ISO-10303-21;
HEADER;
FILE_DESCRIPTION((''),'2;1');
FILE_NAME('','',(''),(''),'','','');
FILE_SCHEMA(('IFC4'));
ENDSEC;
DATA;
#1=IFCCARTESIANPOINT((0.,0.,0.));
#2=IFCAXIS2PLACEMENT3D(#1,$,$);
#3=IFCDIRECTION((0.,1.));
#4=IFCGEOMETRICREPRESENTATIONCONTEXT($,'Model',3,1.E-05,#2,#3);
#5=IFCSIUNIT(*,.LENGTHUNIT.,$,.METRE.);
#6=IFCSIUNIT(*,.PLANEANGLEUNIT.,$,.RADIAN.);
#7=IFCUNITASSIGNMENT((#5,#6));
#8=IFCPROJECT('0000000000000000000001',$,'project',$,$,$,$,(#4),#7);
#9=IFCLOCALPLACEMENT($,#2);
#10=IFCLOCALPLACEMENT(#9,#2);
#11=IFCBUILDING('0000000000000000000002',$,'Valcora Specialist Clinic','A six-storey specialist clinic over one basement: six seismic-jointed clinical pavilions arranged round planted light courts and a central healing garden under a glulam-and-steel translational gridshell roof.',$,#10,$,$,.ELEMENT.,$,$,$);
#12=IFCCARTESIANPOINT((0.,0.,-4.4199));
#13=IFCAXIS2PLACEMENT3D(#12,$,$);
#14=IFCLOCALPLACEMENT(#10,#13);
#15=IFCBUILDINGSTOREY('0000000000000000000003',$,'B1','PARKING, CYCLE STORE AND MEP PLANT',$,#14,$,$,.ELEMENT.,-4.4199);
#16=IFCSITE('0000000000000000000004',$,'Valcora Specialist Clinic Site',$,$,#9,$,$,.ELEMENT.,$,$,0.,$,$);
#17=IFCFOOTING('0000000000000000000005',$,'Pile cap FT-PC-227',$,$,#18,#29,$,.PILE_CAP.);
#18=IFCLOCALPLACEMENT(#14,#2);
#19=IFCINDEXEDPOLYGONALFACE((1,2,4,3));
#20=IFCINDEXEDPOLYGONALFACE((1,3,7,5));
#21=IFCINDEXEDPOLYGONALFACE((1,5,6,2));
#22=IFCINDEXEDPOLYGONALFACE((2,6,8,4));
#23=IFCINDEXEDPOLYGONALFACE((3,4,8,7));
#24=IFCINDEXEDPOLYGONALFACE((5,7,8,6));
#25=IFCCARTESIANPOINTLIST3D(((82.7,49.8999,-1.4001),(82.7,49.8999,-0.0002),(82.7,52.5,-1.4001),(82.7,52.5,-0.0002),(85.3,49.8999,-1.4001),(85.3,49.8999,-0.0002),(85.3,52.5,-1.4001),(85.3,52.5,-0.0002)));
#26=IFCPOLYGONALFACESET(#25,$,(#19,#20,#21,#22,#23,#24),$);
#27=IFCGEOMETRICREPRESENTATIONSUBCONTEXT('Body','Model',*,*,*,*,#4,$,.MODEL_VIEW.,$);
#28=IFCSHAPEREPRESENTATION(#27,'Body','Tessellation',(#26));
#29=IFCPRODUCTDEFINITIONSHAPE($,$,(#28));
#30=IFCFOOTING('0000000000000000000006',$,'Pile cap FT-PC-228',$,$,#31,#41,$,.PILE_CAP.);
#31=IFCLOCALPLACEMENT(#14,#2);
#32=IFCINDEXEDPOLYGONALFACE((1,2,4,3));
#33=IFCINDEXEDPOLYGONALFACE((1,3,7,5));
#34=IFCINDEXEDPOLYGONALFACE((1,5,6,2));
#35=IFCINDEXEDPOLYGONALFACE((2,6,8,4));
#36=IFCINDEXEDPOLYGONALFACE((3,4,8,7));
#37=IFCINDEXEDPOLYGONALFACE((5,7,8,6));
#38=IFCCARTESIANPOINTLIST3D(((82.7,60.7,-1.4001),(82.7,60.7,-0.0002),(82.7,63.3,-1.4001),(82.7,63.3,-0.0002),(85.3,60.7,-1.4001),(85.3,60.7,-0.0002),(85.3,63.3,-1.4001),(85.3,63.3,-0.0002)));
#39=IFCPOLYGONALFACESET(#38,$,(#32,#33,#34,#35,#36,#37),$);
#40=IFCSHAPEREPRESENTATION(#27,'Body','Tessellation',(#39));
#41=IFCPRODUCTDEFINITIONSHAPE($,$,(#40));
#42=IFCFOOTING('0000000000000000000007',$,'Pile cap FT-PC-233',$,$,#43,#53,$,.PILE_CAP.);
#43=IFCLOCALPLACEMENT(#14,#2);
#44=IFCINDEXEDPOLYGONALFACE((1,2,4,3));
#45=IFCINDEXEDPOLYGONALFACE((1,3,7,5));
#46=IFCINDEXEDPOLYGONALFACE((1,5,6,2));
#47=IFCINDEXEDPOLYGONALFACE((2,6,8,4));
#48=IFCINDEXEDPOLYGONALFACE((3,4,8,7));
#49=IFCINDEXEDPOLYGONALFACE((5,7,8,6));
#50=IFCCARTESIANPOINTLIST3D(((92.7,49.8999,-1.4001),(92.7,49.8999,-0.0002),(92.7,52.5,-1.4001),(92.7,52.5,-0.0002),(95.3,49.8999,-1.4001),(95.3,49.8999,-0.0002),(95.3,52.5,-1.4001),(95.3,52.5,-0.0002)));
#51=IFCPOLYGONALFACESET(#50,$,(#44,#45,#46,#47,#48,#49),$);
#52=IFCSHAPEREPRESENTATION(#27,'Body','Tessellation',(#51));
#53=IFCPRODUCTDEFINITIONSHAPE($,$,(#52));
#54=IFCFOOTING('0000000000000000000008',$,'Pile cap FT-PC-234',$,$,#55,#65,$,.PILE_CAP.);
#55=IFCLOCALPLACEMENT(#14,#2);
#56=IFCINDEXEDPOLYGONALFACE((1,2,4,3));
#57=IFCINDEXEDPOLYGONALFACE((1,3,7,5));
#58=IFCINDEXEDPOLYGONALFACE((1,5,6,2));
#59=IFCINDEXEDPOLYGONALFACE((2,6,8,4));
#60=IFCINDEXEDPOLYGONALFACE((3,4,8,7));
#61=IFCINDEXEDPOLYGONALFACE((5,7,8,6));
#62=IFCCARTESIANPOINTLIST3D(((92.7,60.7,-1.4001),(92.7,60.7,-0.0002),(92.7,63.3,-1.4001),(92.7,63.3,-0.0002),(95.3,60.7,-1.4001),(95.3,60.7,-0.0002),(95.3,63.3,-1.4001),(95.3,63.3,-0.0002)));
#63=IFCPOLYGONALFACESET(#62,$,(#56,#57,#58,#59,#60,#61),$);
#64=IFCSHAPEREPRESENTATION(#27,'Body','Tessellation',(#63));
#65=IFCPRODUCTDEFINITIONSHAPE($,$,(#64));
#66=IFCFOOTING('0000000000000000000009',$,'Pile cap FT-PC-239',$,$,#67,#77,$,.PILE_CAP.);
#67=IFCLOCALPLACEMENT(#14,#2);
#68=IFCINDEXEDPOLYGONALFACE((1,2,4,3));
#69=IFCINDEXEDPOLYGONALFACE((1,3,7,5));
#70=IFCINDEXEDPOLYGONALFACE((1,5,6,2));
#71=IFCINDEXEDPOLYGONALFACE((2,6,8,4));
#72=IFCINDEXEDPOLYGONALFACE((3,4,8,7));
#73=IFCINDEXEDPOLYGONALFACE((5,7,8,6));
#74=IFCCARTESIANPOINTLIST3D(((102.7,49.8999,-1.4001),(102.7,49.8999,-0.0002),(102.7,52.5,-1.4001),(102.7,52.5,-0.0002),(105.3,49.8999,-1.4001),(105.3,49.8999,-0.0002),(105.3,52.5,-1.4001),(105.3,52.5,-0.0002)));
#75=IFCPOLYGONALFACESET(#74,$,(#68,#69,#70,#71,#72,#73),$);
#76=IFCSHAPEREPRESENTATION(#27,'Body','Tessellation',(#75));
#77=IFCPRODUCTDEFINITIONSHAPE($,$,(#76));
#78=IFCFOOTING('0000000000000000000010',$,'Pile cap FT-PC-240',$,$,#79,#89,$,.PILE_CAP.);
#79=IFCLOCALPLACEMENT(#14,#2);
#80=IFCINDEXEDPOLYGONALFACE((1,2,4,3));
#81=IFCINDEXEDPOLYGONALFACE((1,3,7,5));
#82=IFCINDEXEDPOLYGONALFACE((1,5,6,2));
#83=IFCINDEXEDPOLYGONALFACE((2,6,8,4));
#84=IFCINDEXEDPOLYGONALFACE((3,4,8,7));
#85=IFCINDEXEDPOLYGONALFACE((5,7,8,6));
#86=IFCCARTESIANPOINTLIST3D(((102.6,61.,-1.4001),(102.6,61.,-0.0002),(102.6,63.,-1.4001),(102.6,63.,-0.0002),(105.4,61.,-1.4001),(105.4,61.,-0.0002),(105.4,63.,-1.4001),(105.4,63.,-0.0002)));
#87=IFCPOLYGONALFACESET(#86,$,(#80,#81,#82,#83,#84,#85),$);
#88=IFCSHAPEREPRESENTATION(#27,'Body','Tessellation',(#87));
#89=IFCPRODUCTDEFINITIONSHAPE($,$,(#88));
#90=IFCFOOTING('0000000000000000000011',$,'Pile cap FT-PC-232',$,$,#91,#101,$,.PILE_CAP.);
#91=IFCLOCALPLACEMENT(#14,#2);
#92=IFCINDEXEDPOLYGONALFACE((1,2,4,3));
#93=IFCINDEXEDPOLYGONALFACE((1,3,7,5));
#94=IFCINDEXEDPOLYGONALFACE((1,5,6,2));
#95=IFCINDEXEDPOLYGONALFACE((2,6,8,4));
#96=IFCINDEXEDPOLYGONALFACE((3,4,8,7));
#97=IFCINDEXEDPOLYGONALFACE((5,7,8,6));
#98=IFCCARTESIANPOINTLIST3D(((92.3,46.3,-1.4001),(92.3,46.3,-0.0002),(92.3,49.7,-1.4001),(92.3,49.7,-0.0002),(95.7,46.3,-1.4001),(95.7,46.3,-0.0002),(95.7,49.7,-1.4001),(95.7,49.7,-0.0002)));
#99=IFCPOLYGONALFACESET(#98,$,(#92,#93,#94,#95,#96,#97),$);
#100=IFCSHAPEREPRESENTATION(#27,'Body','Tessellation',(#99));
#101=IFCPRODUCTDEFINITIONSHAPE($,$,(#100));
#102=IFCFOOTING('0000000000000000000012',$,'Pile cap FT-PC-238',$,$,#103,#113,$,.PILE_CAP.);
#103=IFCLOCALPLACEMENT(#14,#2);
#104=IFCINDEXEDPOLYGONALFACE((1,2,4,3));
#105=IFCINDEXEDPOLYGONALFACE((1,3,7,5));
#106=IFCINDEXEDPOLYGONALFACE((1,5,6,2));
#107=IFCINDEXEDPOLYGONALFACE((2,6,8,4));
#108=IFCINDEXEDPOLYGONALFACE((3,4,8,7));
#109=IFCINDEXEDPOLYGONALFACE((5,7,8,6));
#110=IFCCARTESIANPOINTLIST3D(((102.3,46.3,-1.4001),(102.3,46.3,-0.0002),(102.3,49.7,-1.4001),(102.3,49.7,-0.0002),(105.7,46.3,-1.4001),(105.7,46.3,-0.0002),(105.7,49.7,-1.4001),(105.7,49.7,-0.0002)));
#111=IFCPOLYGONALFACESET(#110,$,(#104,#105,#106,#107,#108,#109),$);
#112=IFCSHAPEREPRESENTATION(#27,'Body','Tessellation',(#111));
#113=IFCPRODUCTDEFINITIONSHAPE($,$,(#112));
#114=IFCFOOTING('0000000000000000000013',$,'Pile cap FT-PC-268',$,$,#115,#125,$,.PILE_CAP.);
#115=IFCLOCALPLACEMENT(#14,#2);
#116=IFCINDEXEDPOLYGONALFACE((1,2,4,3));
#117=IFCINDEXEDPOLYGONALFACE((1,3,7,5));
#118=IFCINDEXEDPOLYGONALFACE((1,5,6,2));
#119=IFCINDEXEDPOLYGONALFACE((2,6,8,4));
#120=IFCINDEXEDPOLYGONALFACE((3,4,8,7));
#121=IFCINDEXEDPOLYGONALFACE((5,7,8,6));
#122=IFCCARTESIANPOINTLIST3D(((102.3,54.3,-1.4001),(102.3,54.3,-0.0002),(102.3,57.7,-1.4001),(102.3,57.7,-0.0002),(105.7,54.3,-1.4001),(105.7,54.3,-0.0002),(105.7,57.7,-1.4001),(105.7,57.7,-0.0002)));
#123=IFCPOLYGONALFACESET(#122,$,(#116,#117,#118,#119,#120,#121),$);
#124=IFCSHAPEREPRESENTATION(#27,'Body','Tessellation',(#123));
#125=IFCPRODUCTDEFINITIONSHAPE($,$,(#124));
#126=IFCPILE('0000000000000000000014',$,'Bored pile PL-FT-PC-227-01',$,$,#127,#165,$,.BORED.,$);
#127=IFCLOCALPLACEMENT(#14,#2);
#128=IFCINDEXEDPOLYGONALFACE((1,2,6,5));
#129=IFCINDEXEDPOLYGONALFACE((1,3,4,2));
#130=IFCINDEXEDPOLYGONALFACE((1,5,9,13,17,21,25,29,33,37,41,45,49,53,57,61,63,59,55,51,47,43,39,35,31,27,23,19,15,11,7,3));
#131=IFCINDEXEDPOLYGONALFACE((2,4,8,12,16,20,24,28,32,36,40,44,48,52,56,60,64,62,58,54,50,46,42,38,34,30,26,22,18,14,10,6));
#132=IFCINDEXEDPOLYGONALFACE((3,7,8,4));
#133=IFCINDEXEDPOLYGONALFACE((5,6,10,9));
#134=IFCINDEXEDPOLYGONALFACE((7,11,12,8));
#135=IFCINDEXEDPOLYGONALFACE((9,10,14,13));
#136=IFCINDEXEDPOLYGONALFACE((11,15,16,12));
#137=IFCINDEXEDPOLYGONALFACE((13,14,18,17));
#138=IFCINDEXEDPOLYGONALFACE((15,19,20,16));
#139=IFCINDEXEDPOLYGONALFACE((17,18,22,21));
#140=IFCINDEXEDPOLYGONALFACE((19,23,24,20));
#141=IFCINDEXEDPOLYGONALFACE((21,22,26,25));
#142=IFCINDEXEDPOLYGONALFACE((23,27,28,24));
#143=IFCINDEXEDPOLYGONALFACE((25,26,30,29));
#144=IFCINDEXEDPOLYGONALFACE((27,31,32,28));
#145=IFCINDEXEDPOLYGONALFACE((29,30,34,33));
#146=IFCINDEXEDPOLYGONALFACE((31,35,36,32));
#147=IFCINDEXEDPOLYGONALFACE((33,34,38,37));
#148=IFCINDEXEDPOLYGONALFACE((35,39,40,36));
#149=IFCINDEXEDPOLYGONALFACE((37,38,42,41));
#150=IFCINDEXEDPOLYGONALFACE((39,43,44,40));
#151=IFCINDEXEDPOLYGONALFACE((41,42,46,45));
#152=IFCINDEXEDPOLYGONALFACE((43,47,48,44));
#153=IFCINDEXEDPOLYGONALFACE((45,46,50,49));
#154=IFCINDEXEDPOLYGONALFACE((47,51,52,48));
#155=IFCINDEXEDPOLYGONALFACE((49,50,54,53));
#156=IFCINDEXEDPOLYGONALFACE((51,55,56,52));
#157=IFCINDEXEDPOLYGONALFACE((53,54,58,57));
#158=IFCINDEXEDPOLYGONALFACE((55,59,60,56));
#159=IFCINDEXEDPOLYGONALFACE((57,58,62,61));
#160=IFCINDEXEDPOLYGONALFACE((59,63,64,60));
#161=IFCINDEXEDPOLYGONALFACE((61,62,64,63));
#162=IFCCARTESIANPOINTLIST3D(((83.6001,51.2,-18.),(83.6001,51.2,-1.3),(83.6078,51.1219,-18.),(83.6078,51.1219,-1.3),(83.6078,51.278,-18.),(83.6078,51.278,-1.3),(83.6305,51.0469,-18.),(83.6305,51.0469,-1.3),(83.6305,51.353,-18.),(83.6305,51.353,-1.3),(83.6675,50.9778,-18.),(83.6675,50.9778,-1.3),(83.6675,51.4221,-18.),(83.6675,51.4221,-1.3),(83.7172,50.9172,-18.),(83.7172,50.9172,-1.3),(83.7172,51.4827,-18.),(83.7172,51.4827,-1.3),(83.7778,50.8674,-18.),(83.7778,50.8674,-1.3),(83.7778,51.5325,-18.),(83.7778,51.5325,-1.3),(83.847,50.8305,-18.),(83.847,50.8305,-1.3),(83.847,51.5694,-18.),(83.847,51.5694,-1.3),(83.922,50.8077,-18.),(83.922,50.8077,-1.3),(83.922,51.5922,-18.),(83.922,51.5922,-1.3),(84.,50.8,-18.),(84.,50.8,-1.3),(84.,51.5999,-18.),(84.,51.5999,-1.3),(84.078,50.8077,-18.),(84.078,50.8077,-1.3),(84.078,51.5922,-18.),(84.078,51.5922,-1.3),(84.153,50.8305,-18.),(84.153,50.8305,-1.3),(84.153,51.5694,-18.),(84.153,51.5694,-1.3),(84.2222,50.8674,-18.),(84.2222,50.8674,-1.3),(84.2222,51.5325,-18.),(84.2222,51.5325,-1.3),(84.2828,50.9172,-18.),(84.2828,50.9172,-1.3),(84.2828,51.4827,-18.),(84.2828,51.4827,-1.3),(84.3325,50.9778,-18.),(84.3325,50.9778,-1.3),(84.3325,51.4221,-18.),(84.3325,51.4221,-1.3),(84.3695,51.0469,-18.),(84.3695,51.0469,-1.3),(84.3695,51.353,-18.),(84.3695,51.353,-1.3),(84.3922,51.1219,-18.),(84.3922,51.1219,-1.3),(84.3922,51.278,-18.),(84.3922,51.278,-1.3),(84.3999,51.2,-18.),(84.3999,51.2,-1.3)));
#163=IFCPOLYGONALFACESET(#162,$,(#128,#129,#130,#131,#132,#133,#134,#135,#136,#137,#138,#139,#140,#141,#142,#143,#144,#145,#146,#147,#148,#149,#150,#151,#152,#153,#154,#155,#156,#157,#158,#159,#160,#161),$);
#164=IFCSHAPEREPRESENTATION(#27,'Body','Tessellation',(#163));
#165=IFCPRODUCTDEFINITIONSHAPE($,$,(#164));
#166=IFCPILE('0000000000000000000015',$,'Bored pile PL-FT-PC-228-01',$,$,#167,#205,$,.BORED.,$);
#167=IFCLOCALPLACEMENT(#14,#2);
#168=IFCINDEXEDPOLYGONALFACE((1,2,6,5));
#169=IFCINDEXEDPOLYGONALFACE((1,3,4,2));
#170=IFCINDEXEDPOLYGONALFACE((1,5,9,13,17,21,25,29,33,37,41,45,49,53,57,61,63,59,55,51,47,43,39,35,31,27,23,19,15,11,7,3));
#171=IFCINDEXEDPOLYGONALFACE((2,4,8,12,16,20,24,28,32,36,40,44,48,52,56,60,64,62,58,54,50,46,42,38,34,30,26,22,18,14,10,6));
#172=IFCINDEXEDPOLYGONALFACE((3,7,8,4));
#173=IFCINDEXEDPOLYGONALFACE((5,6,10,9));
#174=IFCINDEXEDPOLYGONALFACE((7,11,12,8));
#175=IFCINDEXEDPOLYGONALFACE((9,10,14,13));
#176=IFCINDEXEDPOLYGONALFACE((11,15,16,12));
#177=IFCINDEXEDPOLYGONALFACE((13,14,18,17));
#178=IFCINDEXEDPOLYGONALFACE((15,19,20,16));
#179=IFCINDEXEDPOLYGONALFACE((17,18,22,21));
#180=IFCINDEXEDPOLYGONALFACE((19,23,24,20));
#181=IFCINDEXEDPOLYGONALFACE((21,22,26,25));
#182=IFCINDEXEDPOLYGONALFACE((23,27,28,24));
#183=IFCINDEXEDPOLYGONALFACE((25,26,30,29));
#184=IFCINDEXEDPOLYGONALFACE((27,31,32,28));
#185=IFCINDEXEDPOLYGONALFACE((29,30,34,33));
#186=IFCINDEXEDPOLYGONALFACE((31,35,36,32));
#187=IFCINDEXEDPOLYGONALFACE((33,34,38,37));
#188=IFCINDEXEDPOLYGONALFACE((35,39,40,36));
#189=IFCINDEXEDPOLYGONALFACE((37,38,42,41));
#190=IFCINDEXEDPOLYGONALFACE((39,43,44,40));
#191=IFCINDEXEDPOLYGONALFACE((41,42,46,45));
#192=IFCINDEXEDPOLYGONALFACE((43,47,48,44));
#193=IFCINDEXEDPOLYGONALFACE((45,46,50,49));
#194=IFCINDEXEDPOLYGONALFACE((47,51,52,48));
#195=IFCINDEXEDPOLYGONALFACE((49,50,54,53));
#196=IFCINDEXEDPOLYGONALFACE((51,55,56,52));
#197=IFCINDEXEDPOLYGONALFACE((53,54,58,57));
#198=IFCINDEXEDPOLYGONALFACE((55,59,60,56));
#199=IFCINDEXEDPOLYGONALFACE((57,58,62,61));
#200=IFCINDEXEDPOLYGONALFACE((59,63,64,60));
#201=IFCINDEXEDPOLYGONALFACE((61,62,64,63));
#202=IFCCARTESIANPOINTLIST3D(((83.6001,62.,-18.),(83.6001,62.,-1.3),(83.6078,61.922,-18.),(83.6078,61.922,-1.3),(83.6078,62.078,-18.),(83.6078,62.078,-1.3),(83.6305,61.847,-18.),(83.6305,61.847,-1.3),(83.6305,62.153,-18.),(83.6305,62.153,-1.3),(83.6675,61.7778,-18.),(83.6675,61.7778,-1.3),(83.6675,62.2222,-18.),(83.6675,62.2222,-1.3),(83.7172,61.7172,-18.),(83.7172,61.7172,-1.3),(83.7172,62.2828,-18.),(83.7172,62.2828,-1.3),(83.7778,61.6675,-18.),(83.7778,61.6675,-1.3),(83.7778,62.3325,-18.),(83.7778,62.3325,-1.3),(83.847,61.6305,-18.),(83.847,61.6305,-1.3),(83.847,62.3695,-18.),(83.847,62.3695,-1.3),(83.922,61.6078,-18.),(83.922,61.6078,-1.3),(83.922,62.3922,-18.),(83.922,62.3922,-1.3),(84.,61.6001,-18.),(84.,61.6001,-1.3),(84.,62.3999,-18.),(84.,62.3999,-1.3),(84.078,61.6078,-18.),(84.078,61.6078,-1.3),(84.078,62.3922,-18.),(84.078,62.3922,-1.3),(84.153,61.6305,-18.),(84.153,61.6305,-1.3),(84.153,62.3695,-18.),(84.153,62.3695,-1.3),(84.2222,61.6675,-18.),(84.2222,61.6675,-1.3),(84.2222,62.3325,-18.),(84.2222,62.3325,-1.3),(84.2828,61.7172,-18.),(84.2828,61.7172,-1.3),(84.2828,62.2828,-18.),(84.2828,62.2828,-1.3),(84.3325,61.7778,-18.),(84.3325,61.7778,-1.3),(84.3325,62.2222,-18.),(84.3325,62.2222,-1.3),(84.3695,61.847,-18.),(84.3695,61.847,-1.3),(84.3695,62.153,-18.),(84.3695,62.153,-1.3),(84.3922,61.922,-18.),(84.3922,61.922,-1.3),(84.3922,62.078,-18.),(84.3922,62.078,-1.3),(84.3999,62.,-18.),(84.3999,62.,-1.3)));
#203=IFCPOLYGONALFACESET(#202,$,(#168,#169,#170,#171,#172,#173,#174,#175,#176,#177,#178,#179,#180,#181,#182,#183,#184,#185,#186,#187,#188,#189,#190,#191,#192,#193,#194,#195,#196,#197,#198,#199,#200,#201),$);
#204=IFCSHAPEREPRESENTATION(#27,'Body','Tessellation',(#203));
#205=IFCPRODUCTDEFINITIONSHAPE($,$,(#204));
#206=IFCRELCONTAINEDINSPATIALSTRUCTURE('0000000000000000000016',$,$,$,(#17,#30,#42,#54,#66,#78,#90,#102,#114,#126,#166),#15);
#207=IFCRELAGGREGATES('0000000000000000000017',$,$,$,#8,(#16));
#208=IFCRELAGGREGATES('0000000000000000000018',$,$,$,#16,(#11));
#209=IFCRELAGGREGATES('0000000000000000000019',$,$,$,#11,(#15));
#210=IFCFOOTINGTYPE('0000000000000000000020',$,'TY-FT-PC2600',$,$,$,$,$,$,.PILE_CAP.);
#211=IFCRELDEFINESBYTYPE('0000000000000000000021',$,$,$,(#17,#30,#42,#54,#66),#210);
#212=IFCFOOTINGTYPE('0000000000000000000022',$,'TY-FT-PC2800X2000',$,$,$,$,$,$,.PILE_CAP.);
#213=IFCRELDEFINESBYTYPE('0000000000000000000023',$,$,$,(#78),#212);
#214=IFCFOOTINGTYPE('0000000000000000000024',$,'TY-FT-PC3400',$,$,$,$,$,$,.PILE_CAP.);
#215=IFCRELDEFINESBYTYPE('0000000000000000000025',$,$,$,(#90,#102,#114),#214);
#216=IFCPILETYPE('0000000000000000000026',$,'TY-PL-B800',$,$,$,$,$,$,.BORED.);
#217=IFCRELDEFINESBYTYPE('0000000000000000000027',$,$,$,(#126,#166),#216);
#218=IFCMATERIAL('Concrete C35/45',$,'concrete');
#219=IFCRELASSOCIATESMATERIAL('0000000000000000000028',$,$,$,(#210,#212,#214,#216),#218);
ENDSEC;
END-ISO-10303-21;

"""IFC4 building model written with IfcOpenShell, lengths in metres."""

from ifc_helpers import new_model, si_unit, direction, frame, origin, origin_2d, place, context, subcontext, project, spatial, rectangle, circle, extrude, material, material_profile, profile_set, type_object, element, save


model = new_model("IFC4")

# Units and contexts
model_context = context("Model", 3, precision=1e-05, world=origin(), true_north=direction((0.0, 1.0)))
body_context = subcontext(model_context, "Body", "Model", "MODEL_VIEW")
ifc_project = project(units=[si_unit("LENGTHUNIT", "METRE"), si_unit("PLANEANGLEUNIT", "RADIAN")], contexts=[model_context])

# Site, building, storey
site_placement = place(None, origin())
site = spatial("IfcSite", under=ifc_project, at=site_placement, Name="Valcora Specialist Clinic Site", CompositionType="ELEMENT", RefElevation=0.0)
building_placement = place(site_placement, origin())
building = spatial("IfcBuilding", under=site, at=building_placement, Name="Valcora Specialist Clinic", Description="A six-storey specialist clinic over one basement: six seismic-jointed clinical pavilions arranged round planted light courts and a central healing garden under a glulam-and-steel translational gridshell roof.", CompositionType="ELEMENT")
storey_placement = place(building_placement, frame((0.0, 0.0, -4.4199)))
storey = spatial("IfcBuildingStorey", under=building, at=storey_placement, Name="B1", Description="PARKING, CYCLE STORE AND MEP PLANT", CompositionType="ELEMENT", Elevation=-4.4199)

# Footings
ifc_material_1 = material(Name="Concrete C35/45", Category="concrete")
footing_type_1 = type_object("IfcFootingType", Name="TY-FT-PC2600", PredefinedType="PILE_CAP", material=ifc_material_1)
for number, where, z_axis, x_axis, name in (
    (1, (84.0, 51.2, -1.4001), (0.0, 0.0, 1.0), (1.0, 0.0, 0.0), "Pile cap FT-PC-227"),
    (2, (84.0, 62.0, -1.4001), (0.0, 0.0, 1.0), (1.0, 0.0, 0.0), "Pile cap FT-PC-228"),
    (3, (94.0, 51.2, -1.4001), (0.0, 0.0, 1.0), (1.0, 0.0, 0.0), "Pile cap FT-PC-233"),
    (4, (94.0, 62.0, -1.4001), (0.0, 0.0, 1.0), (1.0, 0.0, 0.0), "Pile cap FT-PC-234"),
    (5, (104.0, 51.2, -1.4001), (0.0, 0.0, 1.0), (1.0, 0.0, 0.0), "Pile cap FT-PC-239"),
):
    element("IfcFooting", number, at=place(storey_placement, frame(where, z_axis=z_axis, x_axis=x_axis)), inside=storey, type_object=footing_type_1, Name=name, PredefinedType="PILE_CAP", context=body_context, shape_type="SweptSolid", body=[
        extrude(rectangle(XDim=2.6001, YDim=2.6001, at=origin_2d()), origin(), (0.0, 0.0, 1.0), 1.3999),
    ])
footing_type_2 = type_object("IfcFootingType", Name="TY-FT-PC2800X2000", PredefinedType="PILE_CAP", material=ifc_material_1)
footing_placement = place(storey_placement, frame((104.0, 62.0, -1.4001), z_axis=(0.0, 0.0, 1.0), x_axis=(1.0, 0.0, 0.0)))
element("IfcFooting", 6, at=footing_placement, inside=storey, type_object=footing_type_2, Name="Pile cap FT-PC-240", PredefinedType="PILE_CAP", context=body_context, shape_type="SweptSolid", body=[
    extrude(rectangle(XDim=2.8, YDim=2.0, at=origin_2d()), origin(), (0.0, 0.0, 1.0), 1.3999),
])
footing_type_3 = type_object("IfcFootingType", Name="TY-FT-PC3400", PredefinedType="PILE_CAP", material=ifc_material_1)
for number, where, z_axis, x_axis, name in (
    (7, (94.0, 48.0, -1.4001), (0.0, 0.0, 1.0), (1.0, 0.0, 0.0), "Pile cap FT-PC-232"),
    (8, (104.0, 48.0, -1.4001), (0.0, 0.0, 1.0), (1.0, 0.0, 0.0), "Pile cap FT-PC-238"),
    (9, (104.0, 56.0, -1.4001), (0.0, 0.0, 1.0), (1.0, 0.0, 0.0), "Pile cap FT-PC-268"),
):
    element("IfcFooting", number, at=place(storey_placement, frame(where, z_axis=z_axis, x_axis=x_axis)), inside=storey, type_object=footing_type_3, Name=name, PredefinedType="PILE_CAP", context=body_context, shape_type="SweptSolid", body=[
        extrude(rectangle(XDim=3.3999, YDim=3.3999, at=origin_2d()), origin(), (0.0, 0.0, 1.0), 1.3999),
    ])

# Piles
ifc_material_profile_1 = material_profile(ifc_material_1, circle(Radius=0.3999, at=origin_2d()), Name="RC-PIL-D800")
ifc_profile_set_1 = profile_set([ifc_material_profile_1], Name="Concrete C35/45")
pile_type = type_object("IfcPileType", Name="TY-PL-B800", PredefinedType="BORED", material=ifc_profile_set_1)
for number, where, z_axis, x_axis, name in (
    (10, (84.0, 51.2, -1.3), (0.0, 0.0, -1.0), (1.0, 0.0, 0.0), "Bored pile PL-FT-PC-227-01"),
    (11, (84.0, 62.0, -1.3), (0.0, 0.0, -1.0), (1.0, 0.0, 0.0), "Bored pile PL-FT-PC-228-01"),
):
    element("IfcPile", number, at=place(storey_placement, frame(where, z_axis=z_axis, x_axis=x_axis)), inside=storey, type_object=pile_type, Name=name, PredefinedType="BORED", context=body_context, shape_type="SweptSolid", body=[
        extrude(circle(Radius=0.3999, at=origin_2d()), origin(), (0.0, 0.0, 1.0), 16.7),
    ])

save(model, "model.ifc")
